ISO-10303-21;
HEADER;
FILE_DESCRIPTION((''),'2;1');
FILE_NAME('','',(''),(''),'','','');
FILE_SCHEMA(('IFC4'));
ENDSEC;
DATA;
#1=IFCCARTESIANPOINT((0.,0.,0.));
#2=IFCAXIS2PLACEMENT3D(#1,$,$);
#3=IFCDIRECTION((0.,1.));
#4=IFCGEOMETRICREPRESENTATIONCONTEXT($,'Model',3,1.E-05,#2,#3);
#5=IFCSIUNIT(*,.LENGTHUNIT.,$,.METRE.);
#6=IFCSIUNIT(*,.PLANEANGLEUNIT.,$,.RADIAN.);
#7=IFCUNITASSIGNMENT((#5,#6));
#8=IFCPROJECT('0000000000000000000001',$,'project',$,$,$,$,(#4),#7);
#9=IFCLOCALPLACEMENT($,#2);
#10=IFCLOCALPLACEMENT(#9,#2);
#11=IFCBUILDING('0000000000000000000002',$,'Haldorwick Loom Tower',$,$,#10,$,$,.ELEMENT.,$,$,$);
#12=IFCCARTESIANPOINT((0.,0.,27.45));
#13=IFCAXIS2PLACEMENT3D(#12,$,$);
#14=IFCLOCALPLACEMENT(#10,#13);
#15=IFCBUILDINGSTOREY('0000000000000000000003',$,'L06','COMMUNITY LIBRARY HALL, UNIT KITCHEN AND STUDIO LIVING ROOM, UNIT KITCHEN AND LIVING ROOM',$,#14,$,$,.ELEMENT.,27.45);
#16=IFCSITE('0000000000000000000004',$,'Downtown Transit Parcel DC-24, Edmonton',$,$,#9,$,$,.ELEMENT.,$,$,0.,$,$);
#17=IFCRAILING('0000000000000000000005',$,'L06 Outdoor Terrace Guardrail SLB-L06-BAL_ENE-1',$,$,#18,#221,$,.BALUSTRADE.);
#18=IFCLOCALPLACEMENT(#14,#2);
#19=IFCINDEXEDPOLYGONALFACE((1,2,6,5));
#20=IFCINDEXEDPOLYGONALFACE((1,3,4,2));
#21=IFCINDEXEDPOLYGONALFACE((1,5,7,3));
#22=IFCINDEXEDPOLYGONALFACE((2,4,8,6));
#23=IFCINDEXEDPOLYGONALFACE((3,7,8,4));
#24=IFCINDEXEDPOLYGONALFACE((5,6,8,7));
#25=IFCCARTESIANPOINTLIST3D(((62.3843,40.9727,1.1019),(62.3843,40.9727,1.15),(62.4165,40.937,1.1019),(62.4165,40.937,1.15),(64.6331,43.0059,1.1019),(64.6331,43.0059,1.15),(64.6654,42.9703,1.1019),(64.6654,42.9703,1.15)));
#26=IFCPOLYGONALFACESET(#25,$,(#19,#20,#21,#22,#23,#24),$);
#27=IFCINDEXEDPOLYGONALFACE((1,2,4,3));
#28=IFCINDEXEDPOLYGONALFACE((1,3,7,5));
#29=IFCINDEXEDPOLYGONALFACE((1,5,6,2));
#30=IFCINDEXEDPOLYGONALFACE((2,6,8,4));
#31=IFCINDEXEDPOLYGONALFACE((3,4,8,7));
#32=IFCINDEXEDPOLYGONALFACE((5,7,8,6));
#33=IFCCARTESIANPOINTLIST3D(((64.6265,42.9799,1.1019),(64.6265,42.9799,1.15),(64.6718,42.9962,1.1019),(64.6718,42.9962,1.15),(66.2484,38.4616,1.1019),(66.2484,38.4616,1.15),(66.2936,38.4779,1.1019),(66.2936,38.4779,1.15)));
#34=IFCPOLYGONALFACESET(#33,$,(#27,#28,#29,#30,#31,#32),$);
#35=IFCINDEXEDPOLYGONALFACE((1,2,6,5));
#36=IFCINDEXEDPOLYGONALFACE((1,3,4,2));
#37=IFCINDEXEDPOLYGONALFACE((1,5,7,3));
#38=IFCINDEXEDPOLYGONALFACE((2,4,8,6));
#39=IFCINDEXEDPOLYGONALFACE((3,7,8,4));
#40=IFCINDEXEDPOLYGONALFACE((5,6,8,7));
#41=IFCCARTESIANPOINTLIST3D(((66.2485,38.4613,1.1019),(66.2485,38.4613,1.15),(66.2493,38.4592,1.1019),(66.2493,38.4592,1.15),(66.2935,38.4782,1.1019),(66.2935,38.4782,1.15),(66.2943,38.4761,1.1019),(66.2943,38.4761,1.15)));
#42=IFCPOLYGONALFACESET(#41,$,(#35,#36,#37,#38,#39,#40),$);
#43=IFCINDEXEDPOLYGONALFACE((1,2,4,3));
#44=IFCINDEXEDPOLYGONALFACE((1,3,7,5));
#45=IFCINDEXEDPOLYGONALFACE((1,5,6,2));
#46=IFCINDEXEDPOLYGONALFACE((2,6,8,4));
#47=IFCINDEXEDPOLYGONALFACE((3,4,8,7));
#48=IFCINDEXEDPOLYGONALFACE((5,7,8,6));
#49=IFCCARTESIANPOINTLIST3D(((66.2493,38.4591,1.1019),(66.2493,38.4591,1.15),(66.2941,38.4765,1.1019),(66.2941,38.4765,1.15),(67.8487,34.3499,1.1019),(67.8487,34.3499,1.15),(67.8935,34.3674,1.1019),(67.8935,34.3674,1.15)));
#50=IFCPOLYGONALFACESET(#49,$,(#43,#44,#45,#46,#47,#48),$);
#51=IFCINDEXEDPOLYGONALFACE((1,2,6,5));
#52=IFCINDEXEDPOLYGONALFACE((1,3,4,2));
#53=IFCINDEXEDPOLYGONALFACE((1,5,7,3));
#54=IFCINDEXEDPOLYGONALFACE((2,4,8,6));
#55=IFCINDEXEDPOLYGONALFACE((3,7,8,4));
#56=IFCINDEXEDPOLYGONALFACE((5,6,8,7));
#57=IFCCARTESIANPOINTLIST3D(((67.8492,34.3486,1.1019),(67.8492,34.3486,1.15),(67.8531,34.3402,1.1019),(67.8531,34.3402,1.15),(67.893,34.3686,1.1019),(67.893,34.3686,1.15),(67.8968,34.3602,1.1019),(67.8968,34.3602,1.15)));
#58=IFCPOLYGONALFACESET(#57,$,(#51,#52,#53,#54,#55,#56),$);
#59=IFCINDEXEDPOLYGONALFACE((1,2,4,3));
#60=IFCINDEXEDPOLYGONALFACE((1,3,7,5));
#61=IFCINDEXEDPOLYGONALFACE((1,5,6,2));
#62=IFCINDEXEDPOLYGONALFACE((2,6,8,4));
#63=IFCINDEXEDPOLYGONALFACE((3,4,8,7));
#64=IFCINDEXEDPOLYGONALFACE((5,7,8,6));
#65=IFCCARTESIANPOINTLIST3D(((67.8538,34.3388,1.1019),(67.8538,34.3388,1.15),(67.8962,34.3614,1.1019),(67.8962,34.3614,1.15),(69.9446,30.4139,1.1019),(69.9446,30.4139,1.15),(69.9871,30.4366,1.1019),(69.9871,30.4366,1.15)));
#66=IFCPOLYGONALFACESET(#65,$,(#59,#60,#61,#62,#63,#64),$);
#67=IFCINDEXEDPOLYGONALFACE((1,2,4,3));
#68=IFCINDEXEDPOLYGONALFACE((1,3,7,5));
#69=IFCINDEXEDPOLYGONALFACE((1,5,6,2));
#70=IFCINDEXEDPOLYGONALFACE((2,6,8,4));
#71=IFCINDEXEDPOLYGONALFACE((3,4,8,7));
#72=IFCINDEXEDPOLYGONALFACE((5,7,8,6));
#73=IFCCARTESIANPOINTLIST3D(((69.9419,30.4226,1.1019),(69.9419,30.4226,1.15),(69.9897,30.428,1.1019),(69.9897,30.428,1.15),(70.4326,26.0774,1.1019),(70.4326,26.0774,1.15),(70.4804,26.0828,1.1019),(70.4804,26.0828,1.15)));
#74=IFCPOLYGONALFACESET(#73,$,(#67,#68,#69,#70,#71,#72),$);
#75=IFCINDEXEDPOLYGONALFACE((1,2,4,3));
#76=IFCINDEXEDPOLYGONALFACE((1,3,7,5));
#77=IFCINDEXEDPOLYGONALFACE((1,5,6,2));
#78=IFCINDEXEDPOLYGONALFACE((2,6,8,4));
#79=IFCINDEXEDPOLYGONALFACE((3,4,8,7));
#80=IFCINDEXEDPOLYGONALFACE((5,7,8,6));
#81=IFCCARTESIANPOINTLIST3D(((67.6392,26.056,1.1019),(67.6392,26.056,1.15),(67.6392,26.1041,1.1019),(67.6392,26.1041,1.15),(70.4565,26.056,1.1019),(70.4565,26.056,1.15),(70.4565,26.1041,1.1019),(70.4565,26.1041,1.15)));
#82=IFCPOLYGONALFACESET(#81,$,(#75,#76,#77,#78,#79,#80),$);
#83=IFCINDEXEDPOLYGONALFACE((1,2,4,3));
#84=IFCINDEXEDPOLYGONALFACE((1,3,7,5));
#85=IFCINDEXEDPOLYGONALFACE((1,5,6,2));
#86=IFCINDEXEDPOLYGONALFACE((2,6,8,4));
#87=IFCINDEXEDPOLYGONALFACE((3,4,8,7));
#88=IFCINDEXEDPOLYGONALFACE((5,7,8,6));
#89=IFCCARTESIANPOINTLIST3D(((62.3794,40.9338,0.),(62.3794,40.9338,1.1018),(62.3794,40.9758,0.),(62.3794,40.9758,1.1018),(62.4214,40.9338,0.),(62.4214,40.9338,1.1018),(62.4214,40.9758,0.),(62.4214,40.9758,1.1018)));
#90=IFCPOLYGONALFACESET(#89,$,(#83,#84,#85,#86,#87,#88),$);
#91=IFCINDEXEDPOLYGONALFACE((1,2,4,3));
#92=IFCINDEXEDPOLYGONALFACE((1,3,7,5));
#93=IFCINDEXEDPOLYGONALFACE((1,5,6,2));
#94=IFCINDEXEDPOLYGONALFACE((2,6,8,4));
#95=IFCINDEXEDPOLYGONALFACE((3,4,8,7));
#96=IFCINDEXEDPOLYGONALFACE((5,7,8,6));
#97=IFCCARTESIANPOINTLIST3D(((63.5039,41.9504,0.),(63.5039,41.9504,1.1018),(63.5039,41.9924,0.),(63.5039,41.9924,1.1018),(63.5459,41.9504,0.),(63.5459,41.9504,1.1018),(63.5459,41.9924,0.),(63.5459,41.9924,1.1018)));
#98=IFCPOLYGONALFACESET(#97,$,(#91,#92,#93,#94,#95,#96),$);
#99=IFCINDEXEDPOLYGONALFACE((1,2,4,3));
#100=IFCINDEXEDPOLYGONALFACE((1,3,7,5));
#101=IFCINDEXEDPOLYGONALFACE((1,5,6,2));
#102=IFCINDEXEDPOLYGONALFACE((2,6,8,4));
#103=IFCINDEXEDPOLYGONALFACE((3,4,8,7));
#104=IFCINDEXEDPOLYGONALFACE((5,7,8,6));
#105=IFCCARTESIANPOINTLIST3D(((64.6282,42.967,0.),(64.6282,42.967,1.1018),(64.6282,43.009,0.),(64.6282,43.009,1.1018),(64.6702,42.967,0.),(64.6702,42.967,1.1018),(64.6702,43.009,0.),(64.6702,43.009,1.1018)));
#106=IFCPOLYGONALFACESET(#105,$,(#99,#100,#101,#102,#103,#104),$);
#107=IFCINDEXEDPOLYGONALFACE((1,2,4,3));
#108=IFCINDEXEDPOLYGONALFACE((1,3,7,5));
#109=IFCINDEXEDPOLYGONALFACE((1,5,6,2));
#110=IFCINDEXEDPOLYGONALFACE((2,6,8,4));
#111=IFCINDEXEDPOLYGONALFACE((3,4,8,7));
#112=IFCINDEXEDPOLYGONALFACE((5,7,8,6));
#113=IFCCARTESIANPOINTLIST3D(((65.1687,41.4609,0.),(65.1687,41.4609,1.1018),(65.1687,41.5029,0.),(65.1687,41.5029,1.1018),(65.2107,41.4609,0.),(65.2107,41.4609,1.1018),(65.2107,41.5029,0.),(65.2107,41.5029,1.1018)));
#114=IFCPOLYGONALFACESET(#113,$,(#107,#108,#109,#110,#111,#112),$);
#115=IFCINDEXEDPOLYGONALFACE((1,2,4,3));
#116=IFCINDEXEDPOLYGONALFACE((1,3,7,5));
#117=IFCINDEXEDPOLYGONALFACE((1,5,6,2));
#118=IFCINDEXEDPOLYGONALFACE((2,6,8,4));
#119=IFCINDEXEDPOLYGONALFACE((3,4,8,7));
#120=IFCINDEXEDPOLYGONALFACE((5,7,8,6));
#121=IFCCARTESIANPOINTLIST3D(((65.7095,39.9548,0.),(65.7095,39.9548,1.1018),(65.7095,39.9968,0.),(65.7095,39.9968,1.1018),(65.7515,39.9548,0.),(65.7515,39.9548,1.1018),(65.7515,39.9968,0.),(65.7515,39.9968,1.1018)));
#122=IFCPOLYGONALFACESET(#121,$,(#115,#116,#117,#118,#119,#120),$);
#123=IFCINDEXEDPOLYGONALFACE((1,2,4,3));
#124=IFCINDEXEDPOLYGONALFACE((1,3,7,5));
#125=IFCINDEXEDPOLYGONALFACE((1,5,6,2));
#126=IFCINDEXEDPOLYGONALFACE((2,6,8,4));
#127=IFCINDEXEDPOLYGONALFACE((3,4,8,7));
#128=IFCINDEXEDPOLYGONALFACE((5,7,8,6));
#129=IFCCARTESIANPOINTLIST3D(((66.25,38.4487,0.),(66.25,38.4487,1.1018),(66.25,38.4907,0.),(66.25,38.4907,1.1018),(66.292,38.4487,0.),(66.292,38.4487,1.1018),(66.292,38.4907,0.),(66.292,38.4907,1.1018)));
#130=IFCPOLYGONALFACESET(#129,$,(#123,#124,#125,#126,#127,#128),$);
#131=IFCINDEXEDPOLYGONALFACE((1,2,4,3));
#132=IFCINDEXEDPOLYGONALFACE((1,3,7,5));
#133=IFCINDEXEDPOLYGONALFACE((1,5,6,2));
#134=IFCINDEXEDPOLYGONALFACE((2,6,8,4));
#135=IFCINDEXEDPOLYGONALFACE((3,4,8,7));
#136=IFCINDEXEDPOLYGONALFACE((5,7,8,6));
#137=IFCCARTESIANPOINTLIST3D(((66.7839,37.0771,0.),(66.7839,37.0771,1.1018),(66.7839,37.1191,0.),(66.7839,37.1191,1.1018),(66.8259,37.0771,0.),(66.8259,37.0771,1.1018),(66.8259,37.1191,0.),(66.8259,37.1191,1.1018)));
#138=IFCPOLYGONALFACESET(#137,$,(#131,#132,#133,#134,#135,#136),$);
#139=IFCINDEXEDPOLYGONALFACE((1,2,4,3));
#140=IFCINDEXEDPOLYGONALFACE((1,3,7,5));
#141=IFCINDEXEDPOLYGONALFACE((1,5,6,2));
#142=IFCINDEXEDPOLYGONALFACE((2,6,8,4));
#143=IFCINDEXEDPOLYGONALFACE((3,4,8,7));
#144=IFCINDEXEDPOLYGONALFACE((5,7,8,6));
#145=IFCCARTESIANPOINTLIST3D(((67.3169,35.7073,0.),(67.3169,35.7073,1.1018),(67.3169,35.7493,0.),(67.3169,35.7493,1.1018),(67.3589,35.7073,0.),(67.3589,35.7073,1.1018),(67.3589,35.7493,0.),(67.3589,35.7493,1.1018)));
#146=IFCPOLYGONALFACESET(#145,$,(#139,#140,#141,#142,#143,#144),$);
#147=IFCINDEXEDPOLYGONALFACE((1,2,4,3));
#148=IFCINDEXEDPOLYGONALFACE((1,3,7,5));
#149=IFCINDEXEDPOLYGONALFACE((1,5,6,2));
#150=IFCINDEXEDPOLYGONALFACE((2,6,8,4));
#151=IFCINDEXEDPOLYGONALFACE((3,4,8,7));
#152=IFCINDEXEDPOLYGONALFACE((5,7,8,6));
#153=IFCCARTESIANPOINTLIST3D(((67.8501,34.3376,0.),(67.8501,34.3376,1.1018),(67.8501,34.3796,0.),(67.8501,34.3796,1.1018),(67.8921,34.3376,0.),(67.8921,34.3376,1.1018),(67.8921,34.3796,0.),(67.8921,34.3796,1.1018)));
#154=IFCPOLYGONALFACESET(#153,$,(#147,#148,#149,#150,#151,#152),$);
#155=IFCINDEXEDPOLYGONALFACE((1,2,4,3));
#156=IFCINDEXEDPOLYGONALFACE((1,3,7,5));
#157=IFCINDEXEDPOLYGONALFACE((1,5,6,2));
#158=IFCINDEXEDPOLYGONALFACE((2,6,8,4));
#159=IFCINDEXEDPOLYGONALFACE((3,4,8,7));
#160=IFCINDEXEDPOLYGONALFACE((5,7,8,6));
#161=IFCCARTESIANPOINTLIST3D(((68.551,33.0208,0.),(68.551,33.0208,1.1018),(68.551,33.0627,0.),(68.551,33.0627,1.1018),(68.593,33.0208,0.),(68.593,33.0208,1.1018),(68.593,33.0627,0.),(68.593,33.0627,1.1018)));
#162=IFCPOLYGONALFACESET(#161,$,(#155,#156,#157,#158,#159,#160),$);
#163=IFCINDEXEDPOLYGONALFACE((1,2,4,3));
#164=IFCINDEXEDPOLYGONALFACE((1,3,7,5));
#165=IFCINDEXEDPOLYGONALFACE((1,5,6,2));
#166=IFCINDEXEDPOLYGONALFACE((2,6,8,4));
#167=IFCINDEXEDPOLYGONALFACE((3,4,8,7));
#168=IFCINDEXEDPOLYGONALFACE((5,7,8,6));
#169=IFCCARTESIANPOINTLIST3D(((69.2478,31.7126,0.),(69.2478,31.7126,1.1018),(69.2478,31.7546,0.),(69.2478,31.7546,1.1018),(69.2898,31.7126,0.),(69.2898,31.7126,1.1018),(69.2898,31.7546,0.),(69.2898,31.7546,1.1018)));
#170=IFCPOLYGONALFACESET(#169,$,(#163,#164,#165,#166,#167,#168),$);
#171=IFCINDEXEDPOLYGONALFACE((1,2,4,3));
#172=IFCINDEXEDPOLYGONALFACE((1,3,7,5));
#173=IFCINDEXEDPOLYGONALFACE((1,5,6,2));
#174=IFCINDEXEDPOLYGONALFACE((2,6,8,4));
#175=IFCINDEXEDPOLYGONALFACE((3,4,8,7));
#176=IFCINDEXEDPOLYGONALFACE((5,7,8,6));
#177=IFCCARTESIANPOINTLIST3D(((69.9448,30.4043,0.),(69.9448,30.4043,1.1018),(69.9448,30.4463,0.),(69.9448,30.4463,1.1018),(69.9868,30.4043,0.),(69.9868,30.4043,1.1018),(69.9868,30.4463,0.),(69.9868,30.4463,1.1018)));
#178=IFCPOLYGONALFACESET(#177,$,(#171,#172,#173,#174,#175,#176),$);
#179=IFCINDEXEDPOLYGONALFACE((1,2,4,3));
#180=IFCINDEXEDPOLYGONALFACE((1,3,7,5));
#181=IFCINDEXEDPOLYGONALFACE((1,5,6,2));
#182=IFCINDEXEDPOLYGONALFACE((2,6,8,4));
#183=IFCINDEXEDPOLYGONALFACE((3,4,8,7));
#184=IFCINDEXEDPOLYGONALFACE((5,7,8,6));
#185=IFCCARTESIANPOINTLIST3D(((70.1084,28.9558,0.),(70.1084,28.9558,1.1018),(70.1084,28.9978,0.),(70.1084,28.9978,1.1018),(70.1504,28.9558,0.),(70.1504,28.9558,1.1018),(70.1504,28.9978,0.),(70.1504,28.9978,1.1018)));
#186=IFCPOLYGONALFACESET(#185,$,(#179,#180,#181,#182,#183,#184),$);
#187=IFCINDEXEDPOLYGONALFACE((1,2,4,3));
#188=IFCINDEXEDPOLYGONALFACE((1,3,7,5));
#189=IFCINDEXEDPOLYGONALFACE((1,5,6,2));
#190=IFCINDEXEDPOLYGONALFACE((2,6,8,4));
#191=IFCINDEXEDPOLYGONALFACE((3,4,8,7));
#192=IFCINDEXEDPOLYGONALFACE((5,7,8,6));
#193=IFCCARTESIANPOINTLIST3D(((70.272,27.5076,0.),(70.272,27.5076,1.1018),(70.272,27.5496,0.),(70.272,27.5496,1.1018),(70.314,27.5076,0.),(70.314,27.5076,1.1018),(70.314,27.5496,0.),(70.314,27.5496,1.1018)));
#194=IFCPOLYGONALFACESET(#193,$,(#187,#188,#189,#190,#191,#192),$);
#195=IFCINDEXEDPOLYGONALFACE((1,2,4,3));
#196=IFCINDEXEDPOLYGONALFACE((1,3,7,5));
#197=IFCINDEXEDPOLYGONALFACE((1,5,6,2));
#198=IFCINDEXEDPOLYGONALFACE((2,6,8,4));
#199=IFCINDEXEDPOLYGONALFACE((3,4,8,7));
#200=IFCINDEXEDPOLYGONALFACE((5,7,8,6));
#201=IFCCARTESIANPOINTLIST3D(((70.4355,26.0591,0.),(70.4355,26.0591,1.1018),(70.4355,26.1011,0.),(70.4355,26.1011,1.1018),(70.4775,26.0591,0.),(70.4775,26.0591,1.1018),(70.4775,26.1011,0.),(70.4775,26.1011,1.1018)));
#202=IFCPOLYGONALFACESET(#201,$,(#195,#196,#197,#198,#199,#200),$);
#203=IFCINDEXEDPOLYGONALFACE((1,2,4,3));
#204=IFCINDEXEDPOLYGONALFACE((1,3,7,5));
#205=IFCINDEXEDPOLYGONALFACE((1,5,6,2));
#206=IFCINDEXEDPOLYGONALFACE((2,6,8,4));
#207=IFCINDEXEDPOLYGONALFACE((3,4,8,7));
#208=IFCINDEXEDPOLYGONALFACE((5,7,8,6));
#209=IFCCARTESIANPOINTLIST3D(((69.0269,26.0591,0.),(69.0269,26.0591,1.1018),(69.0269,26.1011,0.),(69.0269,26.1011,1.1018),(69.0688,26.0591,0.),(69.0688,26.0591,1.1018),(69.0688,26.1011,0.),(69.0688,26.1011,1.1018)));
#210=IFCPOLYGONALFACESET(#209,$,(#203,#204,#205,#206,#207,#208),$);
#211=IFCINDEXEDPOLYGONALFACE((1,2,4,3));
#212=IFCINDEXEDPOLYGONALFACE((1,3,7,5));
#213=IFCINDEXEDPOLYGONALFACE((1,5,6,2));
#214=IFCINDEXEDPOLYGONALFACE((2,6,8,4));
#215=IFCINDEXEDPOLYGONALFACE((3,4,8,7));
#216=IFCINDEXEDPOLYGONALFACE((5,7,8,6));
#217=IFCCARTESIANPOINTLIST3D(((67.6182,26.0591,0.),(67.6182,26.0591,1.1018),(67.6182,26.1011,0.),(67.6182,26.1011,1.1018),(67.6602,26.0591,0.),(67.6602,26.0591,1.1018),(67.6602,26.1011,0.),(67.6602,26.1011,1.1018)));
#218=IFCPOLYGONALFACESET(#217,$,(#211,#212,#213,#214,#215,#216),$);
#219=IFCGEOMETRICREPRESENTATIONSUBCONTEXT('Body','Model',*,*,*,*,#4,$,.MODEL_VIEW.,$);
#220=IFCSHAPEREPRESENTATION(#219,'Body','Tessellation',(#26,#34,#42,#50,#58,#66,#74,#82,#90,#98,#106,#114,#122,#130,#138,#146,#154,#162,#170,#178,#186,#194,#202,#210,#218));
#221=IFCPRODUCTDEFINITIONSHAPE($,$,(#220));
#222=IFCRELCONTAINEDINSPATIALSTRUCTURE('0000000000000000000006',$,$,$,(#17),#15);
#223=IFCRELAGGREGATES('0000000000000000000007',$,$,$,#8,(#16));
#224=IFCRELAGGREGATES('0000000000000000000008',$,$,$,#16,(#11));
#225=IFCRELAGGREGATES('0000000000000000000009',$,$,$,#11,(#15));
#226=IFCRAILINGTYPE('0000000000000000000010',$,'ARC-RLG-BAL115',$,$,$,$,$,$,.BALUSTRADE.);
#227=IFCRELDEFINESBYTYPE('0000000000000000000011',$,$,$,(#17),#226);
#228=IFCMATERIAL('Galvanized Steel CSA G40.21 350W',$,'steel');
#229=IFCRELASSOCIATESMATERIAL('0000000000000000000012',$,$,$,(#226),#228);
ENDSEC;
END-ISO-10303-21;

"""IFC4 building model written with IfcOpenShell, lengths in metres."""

from ifc_helpers import new_model, si_unit, direction, frame, origin, origin_2d, place, context, subcontext, project, spatial, rectangle, extrude, material, type_object, element, save


model = new_model("IFC4")

# Units and contexts
model_context = context("Model", 3, precision=1e-05, world=origin(), true_north=direction((0.0, 1.0)))
body_context = subcontext(model_context, "Body", "Model", "MODEL_VIEW")
ifc_project = project(units=[si_unit("LENGTHUNIT", "METRE"), si_unit("PLANEANGLEUNIT", "RADIAN")], contexts=[model_context])

# Site, building, storey
site_placement = place(None, origin())
site = spatial("IfcSite", under=ifc_project, at=site_placement, Name="Downtown Transit Parcel DC-24, Edmonton", CompositionType="ELEMENT", RefElevation=0.0)
building_placement = place(site_placement, origin())
building = spatial("IfcBuilding", under=site, at=building_placement, Name="Haldorwick Loom Tower", CompositionType="ELEMENT")
storey_placement = place(building_placement, frame((0.0, 0.0, 27.45)))
storey = spatial("IfcBuildingStorey", under=building, at=storey_placement, Name="L06", Description="COMMUNITY LIBRARY HALL, UNIT KITCHEN AND STUDIO LIVING ROOM, UNIT KITCHEN AND LIVING ROOM", CompositionType="ELEMENT", Elevation=27.45)

# Railing
ifc_material_1 = material(Name="Galvanized Steel CSA G40.21 350W", Category="steel")
railing_type = type_object("IfcRailingType", Name="ARC-RLG-BAL115", PredefinedType="BALUSTRADE", material=ifc_material_1)
railing_placement = place(storey_placement, frame((62.4004, 40.9548, 0.0)))
element("IfcRailing", 1, at=railing_placement, inside=storey, type_object=railing_type, Name="L06 Outdoor Terrace Guardrail SLB-L06-BAL_ENE-1", PredefinedType="BALUSTRADE", context=body_context, shape_type="SweptSolid", body=[
    extrude(rectangle(XDim=0.0481, YDim=0.0481, at=origin_2d()), frame((0.0, 0.0, 1.126), z_axis=(0.741767, 0.670658, 0.0), x_axis=(-0.670658, 0.741767, 0.0)), (0.0, 0.0, 1.0), 3.0317),
    extrude(rectangle(XDim=0.0481, YDim=0.0481, at=origin_2d()), frame((2.2488, 2.0332, 1.126), z_axis=(0.33784, -0.941203, 0.0), x_axis=(0.941203, 0.33784, 0.0)), (0.0, 0.0, 1.0), 4.8005),
    extrude(rectangle(XDim=0.0481, YDim=0.0481, at=origin_2d()), frame((3.8706, -2.4851, 1.126), z_axis=(0.351123, -0.936329, 0.0), x_axis=(0.936329, 0.351123, 0.0)), (0.0, 0.0, 1.0), 0.0022),
    extrude(rectangle(XDim=0.0481, YDim=0.0481, at=origin_2d()), frame((3.8713, -2.4871, 1.126), z_axis=(0.362716, -0.9319, 0.0), x_axis=(0.9319, 0.362716, 0.0)), (0.0, 0.0, 1.0), 4.4094),
    extrude(rectangle(XDim=0.0481, YDim=0.0481, at=origin_2d()), frame((5.4707, -6.5962, 1.126), z_axis=(0.41576, -0.909474, 0.0), x_axis=(0.909474, 0.41576, 0.0)), (0.0, 0.0, 1.0), 0.0093),
    extrude(rectangle(XDim=0.0481, YDim=0.0481, at=origin_2d()), frame((5.4746, -6.6047, 1.126), z_axis=(0.470166, -0.882578, 0.0), x_axis=(0.882578, 0.470166, 0.0)), (0.0, 0.0, 1.0), 4.447),
    extrude(rectangle(XDim=0.0481, YDim=0.0481, at=origin_2d()), frame((7.5654, -10.5295, 1.126), z_axis=(0.112221, -0.993683, 0.0), x_axis=(0.993683, 0.112221, 0.0)), (0.0, 0.0, 1.0), 4.3728),
    extrude(rectangle(XDim=0.0481, YDim=0.0481, at=origin_2d()), frame((8.0562, -14.8748, 1.126), z_axis=(-1.0, 0.0, 0.0), x_axis=(0.0, -1.0, 0.0)), (0.0, 0.0, 1.0), 2.8174),
    extrude(rectangle(XDim=0.042, YDim=0.042, at=origin_2d()), origin(), (0.0, 0.0, 1.0), 1.1018),
    extrude(rectangle(XDim=0.042, YDim=0.042, at=origin_2d()), frame((1.1245, 1.0166, 0.0)), (0.0, 0.0, 1.0), 1.1018),
    extrude(rectangle(XDim=0.042, YDim=0.042, at=origin_2d()), frame((2.2488, 2.0332, 0.0)), (0.0, 0.0, 1.0), 1.1018),
    extrude(rectangle(XDim=0.042, YDim=0.042, at=origin_2d()), frame((2.7893, 0.5271, 0.0)), (0.0, 0.0, 1.0), 1.1018),
    extrude(rectangle(XDim=0.042, YDim=0.042, at=origin_2d()), frame((3.3301, -0.979, 0.0)), (0.0, 0.0, 1.0), 1.1018),
    extrude(rectangle(XDim=0.042, YDim=0.042, at=origin_2d()), frame((3.8706, -2.4851, 0.0)), (0.0, 0.0, 1.0), 1.1018),
    extrude(rectangle(XDim=0.042, YDim=0.042, at=origin_2d()), frame((4.4045, -3.8567, 0.0)), (0.0, 0.0, 1.0), 1.1018),
    extrude(rectangle(XDim=0.042, YDim=0.042, at=origin_2d()), frame((4.9375, -5.2266, 0.0)), (0.0, 0.0, 1.0), 1.1018),
    extrude(rectangle(XDim=0.042, YDim=0.042, at=origin_2d()), frame((5.4707, -6.5962, 0.0)), (0.0, 0.0, 1.0), 1.1018),
    extrude(rectangle(XDim=0.042, YDim=0.042, at=origin_2d()), frame((6.1716, -7.9131, 0.0)), (0.0, 0.0, 1.0), 1.1018),
    extrude(rectangle(XDim=0.042, YDim=0.042, at=origin_2d()), frame((6.8684, -9.2212, 0.0)), (0.0, 0.0, 1.0), 1.1018),
    extrude(rectangle(XDim=0.042, YDim=0.042, at=origin_2d()), frame((7.5654, -10.5295, 0.0)), (0.0, 0.0, 1.0), 1.1018),
    extrude(rectangle(XDim=0.042, YDim=0.042, at=origin_2d()), frame((7.729, -11.978, 0.0)), (0.0, 0.0, 1.0), 1.1018),
    extrude(rectangle(XDim=0.042, YDim=0.042, at=origin_2d()), frame((7.8926, -13.4263, 0.0)), (0.0, 0.0, 1.0), 1.1018),
    extrude(rectangle(XDim=0.042, YDim=0.042, at=origin_2d()), frame((8.0562, -14.8748, 0.0)), (0.0, 0.0, 1.0), 1.1018),
    extrude(rectangle(XDim=0.042, YDim=0.042, at=origin_2d()), frame((6.6475, -14.8748, 0.0)), (0.0, 0.0, 1.0), 1.1018),
    extrude(rectangle(XDim=0.042, YDim=0.042, at=origin_2d()), frame((5.2388, -14.8748, 0.0)), (0.0, 0.0, 1.0), 1.1018),
])

save(model, "model.ifc")
